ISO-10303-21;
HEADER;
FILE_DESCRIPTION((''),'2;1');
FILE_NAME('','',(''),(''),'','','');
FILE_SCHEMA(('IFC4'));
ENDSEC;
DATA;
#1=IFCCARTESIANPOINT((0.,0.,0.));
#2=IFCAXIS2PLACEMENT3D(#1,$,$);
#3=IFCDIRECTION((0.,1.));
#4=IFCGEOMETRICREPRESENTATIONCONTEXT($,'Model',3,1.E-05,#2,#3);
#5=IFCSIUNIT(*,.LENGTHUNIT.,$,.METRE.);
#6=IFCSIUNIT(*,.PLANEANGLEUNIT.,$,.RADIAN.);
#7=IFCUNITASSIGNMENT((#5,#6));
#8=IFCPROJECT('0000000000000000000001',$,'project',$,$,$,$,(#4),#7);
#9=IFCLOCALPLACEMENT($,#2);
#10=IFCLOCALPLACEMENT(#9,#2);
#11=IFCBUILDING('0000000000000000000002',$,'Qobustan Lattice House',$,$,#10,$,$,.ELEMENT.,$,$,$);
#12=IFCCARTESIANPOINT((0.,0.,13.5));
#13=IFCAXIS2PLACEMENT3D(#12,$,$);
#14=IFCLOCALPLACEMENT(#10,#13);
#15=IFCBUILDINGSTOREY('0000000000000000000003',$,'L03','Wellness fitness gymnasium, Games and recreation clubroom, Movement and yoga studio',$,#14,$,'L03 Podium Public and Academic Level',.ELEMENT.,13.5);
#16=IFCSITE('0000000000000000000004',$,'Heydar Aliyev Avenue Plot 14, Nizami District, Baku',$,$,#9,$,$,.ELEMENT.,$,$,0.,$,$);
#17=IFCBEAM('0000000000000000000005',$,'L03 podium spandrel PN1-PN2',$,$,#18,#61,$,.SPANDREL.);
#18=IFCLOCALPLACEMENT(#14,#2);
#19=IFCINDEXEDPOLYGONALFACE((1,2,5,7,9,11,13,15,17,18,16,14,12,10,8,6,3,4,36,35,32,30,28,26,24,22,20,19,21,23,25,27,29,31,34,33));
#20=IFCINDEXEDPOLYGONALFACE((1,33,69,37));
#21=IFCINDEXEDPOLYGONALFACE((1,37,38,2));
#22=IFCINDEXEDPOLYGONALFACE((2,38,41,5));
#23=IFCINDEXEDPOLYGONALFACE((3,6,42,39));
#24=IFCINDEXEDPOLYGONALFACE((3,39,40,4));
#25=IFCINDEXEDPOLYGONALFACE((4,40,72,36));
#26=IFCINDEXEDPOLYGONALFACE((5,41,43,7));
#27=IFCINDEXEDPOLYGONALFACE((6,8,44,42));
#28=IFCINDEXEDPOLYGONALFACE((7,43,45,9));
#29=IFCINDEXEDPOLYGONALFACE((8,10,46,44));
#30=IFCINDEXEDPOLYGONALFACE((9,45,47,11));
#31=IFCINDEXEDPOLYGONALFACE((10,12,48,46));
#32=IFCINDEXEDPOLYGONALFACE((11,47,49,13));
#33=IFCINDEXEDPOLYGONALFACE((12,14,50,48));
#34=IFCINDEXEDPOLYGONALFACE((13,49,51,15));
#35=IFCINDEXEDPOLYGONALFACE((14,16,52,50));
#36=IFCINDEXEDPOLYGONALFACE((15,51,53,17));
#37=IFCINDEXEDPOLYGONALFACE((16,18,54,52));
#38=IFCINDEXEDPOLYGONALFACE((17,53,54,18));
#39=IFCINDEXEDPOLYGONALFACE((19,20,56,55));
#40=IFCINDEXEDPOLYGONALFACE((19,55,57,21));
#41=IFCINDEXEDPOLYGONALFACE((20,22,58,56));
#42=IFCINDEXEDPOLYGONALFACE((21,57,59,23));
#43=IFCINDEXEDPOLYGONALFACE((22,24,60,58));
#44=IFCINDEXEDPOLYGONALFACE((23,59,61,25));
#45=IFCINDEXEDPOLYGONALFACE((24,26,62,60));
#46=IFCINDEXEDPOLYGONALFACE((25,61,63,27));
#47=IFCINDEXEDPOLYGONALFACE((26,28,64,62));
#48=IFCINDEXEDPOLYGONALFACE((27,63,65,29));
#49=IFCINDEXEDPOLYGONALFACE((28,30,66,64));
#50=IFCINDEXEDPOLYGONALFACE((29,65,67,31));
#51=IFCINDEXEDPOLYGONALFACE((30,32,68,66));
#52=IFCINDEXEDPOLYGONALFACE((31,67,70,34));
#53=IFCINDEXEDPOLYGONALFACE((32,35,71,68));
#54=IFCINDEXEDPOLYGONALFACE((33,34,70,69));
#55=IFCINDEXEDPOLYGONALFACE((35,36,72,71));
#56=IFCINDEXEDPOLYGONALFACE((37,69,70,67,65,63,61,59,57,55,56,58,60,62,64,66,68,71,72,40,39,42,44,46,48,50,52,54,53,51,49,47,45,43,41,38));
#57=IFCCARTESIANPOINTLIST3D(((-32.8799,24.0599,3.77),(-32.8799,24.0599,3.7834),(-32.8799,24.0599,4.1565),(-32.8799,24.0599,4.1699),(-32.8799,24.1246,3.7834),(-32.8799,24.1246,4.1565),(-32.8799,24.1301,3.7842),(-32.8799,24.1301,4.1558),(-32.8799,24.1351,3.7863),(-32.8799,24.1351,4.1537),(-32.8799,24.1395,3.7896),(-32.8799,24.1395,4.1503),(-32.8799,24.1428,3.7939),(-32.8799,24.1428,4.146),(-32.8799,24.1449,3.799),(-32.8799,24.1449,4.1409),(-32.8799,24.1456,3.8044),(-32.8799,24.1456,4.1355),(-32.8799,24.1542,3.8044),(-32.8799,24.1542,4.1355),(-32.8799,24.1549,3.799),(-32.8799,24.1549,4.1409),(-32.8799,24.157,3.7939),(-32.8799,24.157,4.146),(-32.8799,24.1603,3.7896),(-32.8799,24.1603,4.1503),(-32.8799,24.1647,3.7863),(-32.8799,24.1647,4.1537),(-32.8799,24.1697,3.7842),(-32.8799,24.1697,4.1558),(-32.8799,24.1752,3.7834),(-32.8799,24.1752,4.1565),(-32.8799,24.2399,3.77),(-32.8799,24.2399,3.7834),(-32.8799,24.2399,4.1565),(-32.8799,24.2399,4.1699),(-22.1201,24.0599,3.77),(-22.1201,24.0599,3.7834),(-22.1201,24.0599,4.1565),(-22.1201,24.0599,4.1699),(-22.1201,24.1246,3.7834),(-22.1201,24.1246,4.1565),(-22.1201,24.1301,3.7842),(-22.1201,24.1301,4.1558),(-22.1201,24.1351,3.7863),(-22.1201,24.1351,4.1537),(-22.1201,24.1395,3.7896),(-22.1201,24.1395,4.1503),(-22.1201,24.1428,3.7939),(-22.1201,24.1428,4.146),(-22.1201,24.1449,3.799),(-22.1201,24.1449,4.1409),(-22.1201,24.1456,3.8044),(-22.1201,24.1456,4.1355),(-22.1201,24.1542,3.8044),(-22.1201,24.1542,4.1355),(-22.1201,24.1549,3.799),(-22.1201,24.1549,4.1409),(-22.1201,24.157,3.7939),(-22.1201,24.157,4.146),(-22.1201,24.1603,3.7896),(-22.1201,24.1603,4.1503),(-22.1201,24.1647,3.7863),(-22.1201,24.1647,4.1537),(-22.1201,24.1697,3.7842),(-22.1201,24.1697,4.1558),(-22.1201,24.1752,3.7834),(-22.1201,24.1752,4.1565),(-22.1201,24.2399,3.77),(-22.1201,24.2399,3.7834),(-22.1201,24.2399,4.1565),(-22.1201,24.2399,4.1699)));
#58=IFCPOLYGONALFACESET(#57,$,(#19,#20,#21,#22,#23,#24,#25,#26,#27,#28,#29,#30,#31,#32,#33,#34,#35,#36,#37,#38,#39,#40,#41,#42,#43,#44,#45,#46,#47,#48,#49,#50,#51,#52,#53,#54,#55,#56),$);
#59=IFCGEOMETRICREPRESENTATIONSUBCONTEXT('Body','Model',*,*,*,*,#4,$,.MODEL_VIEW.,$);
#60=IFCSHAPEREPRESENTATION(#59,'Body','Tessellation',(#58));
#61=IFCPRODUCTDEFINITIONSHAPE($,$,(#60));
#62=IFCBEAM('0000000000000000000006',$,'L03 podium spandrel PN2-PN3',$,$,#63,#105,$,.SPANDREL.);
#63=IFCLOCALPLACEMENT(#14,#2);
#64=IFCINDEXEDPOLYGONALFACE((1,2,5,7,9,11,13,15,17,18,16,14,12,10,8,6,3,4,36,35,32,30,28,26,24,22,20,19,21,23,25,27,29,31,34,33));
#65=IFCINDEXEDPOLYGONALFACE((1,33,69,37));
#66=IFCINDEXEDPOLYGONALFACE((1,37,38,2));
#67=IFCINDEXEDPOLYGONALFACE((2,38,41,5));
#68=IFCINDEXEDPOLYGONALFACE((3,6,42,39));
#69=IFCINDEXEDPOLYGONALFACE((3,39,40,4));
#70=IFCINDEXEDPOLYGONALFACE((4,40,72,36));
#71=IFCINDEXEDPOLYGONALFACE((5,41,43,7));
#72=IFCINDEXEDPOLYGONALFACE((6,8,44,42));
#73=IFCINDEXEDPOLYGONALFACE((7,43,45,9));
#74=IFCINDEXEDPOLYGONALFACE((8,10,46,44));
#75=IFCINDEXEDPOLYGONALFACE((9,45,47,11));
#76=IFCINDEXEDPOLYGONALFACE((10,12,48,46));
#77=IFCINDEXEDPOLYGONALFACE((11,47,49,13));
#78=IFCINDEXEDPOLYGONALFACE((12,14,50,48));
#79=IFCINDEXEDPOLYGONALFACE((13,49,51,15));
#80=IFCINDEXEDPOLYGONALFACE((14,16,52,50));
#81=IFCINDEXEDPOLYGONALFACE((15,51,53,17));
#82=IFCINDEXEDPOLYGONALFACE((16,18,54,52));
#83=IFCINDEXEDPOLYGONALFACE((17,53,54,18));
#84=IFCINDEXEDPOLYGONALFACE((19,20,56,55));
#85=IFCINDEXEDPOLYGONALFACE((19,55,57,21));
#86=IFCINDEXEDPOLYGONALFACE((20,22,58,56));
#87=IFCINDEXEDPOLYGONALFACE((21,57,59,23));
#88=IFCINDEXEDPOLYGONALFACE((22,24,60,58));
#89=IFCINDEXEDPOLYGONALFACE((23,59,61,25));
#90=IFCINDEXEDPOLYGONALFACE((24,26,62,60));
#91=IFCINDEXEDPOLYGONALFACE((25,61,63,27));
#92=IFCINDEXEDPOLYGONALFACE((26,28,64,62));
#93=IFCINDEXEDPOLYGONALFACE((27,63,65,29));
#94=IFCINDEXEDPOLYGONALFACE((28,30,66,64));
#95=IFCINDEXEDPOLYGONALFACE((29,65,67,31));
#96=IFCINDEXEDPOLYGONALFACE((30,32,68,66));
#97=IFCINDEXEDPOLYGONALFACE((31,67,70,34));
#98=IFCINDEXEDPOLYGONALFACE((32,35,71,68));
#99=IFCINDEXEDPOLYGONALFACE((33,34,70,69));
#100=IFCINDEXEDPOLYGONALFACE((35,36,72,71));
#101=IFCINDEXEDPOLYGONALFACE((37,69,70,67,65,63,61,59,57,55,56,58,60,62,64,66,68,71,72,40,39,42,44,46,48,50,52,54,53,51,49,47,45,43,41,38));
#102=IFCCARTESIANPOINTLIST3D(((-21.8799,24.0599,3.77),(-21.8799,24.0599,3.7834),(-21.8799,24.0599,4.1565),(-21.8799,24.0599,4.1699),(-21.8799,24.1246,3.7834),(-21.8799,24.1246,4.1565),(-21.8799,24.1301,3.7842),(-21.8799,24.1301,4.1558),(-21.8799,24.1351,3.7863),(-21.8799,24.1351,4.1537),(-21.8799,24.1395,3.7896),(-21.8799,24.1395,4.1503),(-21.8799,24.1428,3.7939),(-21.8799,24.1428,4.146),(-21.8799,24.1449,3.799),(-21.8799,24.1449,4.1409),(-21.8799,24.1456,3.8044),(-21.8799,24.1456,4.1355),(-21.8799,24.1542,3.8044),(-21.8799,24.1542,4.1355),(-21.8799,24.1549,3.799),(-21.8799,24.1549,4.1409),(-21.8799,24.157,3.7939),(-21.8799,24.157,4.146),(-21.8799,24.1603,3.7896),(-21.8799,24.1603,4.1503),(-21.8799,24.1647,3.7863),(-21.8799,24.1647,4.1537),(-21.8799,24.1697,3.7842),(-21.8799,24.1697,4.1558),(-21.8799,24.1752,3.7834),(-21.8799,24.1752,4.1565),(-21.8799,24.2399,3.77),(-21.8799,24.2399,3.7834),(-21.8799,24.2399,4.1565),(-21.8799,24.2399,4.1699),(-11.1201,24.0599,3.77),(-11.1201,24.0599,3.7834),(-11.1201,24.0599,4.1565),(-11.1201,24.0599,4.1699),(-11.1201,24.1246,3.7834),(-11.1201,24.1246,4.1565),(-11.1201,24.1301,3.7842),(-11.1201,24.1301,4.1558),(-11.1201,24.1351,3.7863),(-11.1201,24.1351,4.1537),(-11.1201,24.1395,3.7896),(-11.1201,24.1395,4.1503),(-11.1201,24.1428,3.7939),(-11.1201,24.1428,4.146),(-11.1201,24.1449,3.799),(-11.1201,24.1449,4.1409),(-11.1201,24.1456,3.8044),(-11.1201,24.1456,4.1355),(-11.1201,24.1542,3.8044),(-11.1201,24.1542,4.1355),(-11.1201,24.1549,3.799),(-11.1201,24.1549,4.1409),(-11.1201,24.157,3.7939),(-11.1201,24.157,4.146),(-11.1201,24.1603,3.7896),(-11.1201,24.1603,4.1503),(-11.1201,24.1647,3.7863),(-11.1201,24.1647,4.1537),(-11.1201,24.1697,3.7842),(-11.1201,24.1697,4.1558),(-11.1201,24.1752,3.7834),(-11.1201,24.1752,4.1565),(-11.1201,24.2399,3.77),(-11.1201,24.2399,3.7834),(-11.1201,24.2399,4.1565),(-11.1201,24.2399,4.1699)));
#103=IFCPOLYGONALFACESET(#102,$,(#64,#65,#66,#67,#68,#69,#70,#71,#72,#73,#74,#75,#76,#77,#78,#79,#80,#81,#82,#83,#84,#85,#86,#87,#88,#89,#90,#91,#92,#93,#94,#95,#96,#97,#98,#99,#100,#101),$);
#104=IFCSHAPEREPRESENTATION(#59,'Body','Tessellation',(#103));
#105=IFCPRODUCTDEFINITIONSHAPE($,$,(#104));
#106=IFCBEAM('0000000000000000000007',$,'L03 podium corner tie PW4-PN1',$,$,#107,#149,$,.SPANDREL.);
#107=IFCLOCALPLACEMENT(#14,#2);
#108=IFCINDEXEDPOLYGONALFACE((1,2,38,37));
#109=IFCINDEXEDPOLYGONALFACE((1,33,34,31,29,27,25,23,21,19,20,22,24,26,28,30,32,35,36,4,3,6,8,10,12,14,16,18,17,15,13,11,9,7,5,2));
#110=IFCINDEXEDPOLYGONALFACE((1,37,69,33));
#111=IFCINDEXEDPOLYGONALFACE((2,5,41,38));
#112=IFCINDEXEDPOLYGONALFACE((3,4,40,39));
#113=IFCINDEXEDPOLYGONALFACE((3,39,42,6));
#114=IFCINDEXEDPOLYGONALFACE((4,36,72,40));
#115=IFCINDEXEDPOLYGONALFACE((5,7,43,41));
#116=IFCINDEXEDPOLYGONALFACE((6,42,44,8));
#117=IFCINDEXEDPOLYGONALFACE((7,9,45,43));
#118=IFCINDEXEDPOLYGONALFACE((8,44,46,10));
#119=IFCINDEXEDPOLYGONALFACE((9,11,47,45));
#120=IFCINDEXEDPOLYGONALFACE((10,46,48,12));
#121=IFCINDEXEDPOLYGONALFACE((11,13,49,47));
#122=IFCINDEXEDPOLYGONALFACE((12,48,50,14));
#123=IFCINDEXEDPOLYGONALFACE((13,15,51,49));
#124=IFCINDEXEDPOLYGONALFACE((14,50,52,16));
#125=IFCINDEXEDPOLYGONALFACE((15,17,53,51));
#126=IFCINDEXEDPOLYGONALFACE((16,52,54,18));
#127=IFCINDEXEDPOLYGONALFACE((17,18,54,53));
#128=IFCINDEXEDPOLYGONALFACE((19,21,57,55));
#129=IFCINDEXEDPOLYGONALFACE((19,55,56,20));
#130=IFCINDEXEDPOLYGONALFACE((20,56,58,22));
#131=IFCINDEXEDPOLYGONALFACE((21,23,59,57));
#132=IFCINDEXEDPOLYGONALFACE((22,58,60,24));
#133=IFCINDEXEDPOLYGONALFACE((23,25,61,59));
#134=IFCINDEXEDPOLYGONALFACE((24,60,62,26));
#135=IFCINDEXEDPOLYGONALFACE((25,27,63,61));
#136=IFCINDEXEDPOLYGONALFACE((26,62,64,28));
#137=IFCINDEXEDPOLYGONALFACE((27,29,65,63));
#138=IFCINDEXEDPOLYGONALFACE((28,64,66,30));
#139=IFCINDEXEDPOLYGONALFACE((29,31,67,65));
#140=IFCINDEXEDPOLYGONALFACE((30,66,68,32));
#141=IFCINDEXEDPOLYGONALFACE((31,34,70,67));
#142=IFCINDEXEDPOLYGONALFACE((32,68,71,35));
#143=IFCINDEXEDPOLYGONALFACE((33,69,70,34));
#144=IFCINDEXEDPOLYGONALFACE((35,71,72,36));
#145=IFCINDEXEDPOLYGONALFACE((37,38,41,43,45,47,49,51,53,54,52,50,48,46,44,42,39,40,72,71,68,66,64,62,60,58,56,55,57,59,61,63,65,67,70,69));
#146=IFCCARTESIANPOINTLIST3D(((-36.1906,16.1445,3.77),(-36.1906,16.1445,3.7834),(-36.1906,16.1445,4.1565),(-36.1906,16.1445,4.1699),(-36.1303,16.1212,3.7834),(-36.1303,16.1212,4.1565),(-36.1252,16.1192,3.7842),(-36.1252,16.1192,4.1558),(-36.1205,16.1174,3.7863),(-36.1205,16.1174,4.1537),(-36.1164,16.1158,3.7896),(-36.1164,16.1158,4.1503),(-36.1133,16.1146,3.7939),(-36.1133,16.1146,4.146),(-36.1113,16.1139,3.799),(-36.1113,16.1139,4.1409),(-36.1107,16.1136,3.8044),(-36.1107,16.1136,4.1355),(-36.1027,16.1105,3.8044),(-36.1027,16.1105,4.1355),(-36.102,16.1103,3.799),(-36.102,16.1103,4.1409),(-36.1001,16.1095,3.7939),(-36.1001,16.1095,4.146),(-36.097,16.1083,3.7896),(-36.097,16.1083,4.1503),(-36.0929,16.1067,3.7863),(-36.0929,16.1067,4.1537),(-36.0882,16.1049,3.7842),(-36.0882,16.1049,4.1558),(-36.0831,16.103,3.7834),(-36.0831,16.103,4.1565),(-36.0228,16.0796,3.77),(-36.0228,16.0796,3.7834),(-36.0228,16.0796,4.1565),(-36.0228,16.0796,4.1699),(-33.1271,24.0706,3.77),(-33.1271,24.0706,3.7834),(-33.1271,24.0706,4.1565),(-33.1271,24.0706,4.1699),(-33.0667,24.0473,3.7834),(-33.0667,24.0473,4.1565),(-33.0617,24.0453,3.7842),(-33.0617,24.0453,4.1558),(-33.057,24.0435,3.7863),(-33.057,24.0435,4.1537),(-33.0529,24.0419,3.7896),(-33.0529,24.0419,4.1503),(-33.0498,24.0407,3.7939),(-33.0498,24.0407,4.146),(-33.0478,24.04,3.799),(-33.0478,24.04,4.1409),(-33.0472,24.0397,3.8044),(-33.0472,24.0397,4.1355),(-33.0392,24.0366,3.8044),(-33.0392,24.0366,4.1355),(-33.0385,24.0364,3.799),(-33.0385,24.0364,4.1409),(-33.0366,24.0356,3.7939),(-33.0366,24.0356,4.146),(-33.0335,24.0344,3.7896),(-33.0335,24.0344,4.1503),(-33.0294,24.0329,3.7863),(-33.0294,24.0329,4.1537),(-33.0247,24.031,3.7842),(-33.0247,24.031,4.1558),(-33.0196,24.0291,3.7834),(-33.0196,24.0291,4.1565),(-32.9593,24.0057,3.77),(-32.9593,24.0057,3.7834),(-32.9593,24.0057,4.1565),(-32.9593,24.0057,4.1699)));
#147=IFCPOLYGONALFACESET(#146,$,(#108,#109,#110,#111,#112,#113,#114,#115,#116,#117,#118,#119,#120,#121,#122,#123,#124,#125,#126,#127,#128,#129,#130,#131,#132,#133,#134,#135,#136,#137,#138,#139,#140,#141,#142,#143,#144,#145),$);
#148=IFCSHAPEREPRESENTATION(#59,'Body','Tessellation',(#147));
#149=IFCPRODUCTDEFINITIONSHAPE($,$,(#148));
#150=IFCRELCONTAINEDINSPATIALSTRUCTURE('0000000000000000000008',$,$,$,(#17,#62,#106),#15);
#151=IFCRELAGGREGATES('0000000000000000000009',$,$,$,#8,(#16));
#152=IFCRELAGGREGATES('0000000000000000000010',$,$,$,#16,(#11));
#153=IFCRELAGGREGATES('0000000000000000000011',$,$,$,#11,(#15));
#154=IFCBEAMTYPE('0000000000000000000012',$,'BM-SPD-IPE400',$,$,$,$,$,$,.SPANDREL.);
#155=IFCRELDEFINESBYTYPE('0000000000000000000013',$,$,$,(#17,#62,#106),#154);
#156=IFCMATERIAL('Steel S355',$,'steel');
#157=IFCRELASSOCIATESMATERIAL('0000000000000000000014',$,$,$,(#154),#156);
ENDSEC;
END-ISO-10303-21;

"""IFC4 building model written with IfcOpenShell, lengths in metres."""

from ifc_helpers import new_model, si_unit, direction, frame, origin, origin_2d, place, context, subcontext, project, spatial, i_section, extrude, material, material_profile, profile_set, type_object, element, save


model = new_model("IFC4")

# Units and contexts
model_context = context("Model", 3, precision=1e-05, world=origin(), true_north=direction((0.0, 1.0)))
body_context = subcontext(model_context, "Body", "Model", "MODEL_VIEW")
ifc_project = project(units=[si_unit("LENGTHUNIT", "METRE"), si_unit("PLANEANGLEUNIT", "RADIAN")], contexts=[model_context])

# Site, building, storey
site_placement = place(None, origin())
site = spatial("IfcSite", under=ifc_project, at=site_placement, Name="Heydar Aliyev Avenue Plot 14, Nizami District, Baku", CompositionType="ELEMENT", RefElevation=0.0)
building_placement = place(site_placement, origin())
building = spatial("IfcBuilding", under=site, at=building_placement, Name="Qobustan Lattice House", CompositionType="ELEMENT")
storey_placement = place(building_placement, frame((0.0, 0.0, 13.5)))
storey = spatial("IfcBuildingStorey", under=building, at=storey_placement, Name="L03", Description="Wellness fitness gymnasium, Games and recreation clubroom, Movement and yoga studio", LongName="L03 Podium Public and Academic Level", CompositionType="ELEMENT", Elevation=13.5)

# Beams
ifc_material_1 = material(Name="Steel S355", Category="steel")
ifc_material_profile_1 = material_profile(ifc_material_1, i_section(OverallWidth=0.1799, OverallDepth=0.3999, WebThickness=0.0085, FlangeThickness=0.0134, FilletRadius=0.021, at=origin_2d()), Name="IPE400")
ifc_profile_set_1 = profile_set([ifc_material_profile_1], Name="Steel S355")
beam_type_1 = type_object("IfcBeamType", Name="BM-SPD-IPE400", PredefinedType="SPANDREL", material=ifc_profile_set_1)
for number, where, z_axis, x_axis, name in (
    (1, (-32.8799, 24.1499, 3.97), (1.0, 0.0, 0.0), (0.0, 1.0, 0.0), "L03 podium spandrel PN1-PN2"),
    (2, (-21.8799, 24.1499, 3.97), (1.0, 0.0, 0.0), (0.0, 1.0, 0.0), "L03 podium spandrel PN2-PN3"),
):
    element("IfcBeam", number, at=place(storey_placement, frame(where, z_axis=z_axis, x_axis=x_axis)), inside=storey, type_object=beam_type_1, Name=name, PredefinedType="SPANDREL", context=body_context, shape_type="SweptSolid", body=[
        extrude(i_section(OverallWidth=0.1799, OverallDepth=0.3999, WebThickness=0.0085, FlangeThickness=0.0134, FilletRadius=0.021, at=origin_2d()), origin(), (0.0, 0.0, 1.0), 10.7598),
    ])
beam_1_placement = place(storey_placement, frame((-36.1067, 16.1121, 3.97), z_axis=(0.360517, 0.932753, 0.0), x_axis=(-0.932753, 0.360517, 0.0)))
element("IfcBeam", 3, at=beam_1_placement, inside=storey, type_object=beam_type_1, Name="L03 podium corner tie PW4-PN1", PredefinedType="SPANDREL", context=body_context, shape_type="SweptSolid", body=[
    extrude(i_section(OverallWidth=0.1799, OverallDepth=0.3999, WebThickness=0.0085, FlangeThickness=0.0134, FilletRadius=0.021, at=origin_2d()), origin(), (0.0, 0.0, 1.0), 8.4976),
])

save(model, "model.ifc")
